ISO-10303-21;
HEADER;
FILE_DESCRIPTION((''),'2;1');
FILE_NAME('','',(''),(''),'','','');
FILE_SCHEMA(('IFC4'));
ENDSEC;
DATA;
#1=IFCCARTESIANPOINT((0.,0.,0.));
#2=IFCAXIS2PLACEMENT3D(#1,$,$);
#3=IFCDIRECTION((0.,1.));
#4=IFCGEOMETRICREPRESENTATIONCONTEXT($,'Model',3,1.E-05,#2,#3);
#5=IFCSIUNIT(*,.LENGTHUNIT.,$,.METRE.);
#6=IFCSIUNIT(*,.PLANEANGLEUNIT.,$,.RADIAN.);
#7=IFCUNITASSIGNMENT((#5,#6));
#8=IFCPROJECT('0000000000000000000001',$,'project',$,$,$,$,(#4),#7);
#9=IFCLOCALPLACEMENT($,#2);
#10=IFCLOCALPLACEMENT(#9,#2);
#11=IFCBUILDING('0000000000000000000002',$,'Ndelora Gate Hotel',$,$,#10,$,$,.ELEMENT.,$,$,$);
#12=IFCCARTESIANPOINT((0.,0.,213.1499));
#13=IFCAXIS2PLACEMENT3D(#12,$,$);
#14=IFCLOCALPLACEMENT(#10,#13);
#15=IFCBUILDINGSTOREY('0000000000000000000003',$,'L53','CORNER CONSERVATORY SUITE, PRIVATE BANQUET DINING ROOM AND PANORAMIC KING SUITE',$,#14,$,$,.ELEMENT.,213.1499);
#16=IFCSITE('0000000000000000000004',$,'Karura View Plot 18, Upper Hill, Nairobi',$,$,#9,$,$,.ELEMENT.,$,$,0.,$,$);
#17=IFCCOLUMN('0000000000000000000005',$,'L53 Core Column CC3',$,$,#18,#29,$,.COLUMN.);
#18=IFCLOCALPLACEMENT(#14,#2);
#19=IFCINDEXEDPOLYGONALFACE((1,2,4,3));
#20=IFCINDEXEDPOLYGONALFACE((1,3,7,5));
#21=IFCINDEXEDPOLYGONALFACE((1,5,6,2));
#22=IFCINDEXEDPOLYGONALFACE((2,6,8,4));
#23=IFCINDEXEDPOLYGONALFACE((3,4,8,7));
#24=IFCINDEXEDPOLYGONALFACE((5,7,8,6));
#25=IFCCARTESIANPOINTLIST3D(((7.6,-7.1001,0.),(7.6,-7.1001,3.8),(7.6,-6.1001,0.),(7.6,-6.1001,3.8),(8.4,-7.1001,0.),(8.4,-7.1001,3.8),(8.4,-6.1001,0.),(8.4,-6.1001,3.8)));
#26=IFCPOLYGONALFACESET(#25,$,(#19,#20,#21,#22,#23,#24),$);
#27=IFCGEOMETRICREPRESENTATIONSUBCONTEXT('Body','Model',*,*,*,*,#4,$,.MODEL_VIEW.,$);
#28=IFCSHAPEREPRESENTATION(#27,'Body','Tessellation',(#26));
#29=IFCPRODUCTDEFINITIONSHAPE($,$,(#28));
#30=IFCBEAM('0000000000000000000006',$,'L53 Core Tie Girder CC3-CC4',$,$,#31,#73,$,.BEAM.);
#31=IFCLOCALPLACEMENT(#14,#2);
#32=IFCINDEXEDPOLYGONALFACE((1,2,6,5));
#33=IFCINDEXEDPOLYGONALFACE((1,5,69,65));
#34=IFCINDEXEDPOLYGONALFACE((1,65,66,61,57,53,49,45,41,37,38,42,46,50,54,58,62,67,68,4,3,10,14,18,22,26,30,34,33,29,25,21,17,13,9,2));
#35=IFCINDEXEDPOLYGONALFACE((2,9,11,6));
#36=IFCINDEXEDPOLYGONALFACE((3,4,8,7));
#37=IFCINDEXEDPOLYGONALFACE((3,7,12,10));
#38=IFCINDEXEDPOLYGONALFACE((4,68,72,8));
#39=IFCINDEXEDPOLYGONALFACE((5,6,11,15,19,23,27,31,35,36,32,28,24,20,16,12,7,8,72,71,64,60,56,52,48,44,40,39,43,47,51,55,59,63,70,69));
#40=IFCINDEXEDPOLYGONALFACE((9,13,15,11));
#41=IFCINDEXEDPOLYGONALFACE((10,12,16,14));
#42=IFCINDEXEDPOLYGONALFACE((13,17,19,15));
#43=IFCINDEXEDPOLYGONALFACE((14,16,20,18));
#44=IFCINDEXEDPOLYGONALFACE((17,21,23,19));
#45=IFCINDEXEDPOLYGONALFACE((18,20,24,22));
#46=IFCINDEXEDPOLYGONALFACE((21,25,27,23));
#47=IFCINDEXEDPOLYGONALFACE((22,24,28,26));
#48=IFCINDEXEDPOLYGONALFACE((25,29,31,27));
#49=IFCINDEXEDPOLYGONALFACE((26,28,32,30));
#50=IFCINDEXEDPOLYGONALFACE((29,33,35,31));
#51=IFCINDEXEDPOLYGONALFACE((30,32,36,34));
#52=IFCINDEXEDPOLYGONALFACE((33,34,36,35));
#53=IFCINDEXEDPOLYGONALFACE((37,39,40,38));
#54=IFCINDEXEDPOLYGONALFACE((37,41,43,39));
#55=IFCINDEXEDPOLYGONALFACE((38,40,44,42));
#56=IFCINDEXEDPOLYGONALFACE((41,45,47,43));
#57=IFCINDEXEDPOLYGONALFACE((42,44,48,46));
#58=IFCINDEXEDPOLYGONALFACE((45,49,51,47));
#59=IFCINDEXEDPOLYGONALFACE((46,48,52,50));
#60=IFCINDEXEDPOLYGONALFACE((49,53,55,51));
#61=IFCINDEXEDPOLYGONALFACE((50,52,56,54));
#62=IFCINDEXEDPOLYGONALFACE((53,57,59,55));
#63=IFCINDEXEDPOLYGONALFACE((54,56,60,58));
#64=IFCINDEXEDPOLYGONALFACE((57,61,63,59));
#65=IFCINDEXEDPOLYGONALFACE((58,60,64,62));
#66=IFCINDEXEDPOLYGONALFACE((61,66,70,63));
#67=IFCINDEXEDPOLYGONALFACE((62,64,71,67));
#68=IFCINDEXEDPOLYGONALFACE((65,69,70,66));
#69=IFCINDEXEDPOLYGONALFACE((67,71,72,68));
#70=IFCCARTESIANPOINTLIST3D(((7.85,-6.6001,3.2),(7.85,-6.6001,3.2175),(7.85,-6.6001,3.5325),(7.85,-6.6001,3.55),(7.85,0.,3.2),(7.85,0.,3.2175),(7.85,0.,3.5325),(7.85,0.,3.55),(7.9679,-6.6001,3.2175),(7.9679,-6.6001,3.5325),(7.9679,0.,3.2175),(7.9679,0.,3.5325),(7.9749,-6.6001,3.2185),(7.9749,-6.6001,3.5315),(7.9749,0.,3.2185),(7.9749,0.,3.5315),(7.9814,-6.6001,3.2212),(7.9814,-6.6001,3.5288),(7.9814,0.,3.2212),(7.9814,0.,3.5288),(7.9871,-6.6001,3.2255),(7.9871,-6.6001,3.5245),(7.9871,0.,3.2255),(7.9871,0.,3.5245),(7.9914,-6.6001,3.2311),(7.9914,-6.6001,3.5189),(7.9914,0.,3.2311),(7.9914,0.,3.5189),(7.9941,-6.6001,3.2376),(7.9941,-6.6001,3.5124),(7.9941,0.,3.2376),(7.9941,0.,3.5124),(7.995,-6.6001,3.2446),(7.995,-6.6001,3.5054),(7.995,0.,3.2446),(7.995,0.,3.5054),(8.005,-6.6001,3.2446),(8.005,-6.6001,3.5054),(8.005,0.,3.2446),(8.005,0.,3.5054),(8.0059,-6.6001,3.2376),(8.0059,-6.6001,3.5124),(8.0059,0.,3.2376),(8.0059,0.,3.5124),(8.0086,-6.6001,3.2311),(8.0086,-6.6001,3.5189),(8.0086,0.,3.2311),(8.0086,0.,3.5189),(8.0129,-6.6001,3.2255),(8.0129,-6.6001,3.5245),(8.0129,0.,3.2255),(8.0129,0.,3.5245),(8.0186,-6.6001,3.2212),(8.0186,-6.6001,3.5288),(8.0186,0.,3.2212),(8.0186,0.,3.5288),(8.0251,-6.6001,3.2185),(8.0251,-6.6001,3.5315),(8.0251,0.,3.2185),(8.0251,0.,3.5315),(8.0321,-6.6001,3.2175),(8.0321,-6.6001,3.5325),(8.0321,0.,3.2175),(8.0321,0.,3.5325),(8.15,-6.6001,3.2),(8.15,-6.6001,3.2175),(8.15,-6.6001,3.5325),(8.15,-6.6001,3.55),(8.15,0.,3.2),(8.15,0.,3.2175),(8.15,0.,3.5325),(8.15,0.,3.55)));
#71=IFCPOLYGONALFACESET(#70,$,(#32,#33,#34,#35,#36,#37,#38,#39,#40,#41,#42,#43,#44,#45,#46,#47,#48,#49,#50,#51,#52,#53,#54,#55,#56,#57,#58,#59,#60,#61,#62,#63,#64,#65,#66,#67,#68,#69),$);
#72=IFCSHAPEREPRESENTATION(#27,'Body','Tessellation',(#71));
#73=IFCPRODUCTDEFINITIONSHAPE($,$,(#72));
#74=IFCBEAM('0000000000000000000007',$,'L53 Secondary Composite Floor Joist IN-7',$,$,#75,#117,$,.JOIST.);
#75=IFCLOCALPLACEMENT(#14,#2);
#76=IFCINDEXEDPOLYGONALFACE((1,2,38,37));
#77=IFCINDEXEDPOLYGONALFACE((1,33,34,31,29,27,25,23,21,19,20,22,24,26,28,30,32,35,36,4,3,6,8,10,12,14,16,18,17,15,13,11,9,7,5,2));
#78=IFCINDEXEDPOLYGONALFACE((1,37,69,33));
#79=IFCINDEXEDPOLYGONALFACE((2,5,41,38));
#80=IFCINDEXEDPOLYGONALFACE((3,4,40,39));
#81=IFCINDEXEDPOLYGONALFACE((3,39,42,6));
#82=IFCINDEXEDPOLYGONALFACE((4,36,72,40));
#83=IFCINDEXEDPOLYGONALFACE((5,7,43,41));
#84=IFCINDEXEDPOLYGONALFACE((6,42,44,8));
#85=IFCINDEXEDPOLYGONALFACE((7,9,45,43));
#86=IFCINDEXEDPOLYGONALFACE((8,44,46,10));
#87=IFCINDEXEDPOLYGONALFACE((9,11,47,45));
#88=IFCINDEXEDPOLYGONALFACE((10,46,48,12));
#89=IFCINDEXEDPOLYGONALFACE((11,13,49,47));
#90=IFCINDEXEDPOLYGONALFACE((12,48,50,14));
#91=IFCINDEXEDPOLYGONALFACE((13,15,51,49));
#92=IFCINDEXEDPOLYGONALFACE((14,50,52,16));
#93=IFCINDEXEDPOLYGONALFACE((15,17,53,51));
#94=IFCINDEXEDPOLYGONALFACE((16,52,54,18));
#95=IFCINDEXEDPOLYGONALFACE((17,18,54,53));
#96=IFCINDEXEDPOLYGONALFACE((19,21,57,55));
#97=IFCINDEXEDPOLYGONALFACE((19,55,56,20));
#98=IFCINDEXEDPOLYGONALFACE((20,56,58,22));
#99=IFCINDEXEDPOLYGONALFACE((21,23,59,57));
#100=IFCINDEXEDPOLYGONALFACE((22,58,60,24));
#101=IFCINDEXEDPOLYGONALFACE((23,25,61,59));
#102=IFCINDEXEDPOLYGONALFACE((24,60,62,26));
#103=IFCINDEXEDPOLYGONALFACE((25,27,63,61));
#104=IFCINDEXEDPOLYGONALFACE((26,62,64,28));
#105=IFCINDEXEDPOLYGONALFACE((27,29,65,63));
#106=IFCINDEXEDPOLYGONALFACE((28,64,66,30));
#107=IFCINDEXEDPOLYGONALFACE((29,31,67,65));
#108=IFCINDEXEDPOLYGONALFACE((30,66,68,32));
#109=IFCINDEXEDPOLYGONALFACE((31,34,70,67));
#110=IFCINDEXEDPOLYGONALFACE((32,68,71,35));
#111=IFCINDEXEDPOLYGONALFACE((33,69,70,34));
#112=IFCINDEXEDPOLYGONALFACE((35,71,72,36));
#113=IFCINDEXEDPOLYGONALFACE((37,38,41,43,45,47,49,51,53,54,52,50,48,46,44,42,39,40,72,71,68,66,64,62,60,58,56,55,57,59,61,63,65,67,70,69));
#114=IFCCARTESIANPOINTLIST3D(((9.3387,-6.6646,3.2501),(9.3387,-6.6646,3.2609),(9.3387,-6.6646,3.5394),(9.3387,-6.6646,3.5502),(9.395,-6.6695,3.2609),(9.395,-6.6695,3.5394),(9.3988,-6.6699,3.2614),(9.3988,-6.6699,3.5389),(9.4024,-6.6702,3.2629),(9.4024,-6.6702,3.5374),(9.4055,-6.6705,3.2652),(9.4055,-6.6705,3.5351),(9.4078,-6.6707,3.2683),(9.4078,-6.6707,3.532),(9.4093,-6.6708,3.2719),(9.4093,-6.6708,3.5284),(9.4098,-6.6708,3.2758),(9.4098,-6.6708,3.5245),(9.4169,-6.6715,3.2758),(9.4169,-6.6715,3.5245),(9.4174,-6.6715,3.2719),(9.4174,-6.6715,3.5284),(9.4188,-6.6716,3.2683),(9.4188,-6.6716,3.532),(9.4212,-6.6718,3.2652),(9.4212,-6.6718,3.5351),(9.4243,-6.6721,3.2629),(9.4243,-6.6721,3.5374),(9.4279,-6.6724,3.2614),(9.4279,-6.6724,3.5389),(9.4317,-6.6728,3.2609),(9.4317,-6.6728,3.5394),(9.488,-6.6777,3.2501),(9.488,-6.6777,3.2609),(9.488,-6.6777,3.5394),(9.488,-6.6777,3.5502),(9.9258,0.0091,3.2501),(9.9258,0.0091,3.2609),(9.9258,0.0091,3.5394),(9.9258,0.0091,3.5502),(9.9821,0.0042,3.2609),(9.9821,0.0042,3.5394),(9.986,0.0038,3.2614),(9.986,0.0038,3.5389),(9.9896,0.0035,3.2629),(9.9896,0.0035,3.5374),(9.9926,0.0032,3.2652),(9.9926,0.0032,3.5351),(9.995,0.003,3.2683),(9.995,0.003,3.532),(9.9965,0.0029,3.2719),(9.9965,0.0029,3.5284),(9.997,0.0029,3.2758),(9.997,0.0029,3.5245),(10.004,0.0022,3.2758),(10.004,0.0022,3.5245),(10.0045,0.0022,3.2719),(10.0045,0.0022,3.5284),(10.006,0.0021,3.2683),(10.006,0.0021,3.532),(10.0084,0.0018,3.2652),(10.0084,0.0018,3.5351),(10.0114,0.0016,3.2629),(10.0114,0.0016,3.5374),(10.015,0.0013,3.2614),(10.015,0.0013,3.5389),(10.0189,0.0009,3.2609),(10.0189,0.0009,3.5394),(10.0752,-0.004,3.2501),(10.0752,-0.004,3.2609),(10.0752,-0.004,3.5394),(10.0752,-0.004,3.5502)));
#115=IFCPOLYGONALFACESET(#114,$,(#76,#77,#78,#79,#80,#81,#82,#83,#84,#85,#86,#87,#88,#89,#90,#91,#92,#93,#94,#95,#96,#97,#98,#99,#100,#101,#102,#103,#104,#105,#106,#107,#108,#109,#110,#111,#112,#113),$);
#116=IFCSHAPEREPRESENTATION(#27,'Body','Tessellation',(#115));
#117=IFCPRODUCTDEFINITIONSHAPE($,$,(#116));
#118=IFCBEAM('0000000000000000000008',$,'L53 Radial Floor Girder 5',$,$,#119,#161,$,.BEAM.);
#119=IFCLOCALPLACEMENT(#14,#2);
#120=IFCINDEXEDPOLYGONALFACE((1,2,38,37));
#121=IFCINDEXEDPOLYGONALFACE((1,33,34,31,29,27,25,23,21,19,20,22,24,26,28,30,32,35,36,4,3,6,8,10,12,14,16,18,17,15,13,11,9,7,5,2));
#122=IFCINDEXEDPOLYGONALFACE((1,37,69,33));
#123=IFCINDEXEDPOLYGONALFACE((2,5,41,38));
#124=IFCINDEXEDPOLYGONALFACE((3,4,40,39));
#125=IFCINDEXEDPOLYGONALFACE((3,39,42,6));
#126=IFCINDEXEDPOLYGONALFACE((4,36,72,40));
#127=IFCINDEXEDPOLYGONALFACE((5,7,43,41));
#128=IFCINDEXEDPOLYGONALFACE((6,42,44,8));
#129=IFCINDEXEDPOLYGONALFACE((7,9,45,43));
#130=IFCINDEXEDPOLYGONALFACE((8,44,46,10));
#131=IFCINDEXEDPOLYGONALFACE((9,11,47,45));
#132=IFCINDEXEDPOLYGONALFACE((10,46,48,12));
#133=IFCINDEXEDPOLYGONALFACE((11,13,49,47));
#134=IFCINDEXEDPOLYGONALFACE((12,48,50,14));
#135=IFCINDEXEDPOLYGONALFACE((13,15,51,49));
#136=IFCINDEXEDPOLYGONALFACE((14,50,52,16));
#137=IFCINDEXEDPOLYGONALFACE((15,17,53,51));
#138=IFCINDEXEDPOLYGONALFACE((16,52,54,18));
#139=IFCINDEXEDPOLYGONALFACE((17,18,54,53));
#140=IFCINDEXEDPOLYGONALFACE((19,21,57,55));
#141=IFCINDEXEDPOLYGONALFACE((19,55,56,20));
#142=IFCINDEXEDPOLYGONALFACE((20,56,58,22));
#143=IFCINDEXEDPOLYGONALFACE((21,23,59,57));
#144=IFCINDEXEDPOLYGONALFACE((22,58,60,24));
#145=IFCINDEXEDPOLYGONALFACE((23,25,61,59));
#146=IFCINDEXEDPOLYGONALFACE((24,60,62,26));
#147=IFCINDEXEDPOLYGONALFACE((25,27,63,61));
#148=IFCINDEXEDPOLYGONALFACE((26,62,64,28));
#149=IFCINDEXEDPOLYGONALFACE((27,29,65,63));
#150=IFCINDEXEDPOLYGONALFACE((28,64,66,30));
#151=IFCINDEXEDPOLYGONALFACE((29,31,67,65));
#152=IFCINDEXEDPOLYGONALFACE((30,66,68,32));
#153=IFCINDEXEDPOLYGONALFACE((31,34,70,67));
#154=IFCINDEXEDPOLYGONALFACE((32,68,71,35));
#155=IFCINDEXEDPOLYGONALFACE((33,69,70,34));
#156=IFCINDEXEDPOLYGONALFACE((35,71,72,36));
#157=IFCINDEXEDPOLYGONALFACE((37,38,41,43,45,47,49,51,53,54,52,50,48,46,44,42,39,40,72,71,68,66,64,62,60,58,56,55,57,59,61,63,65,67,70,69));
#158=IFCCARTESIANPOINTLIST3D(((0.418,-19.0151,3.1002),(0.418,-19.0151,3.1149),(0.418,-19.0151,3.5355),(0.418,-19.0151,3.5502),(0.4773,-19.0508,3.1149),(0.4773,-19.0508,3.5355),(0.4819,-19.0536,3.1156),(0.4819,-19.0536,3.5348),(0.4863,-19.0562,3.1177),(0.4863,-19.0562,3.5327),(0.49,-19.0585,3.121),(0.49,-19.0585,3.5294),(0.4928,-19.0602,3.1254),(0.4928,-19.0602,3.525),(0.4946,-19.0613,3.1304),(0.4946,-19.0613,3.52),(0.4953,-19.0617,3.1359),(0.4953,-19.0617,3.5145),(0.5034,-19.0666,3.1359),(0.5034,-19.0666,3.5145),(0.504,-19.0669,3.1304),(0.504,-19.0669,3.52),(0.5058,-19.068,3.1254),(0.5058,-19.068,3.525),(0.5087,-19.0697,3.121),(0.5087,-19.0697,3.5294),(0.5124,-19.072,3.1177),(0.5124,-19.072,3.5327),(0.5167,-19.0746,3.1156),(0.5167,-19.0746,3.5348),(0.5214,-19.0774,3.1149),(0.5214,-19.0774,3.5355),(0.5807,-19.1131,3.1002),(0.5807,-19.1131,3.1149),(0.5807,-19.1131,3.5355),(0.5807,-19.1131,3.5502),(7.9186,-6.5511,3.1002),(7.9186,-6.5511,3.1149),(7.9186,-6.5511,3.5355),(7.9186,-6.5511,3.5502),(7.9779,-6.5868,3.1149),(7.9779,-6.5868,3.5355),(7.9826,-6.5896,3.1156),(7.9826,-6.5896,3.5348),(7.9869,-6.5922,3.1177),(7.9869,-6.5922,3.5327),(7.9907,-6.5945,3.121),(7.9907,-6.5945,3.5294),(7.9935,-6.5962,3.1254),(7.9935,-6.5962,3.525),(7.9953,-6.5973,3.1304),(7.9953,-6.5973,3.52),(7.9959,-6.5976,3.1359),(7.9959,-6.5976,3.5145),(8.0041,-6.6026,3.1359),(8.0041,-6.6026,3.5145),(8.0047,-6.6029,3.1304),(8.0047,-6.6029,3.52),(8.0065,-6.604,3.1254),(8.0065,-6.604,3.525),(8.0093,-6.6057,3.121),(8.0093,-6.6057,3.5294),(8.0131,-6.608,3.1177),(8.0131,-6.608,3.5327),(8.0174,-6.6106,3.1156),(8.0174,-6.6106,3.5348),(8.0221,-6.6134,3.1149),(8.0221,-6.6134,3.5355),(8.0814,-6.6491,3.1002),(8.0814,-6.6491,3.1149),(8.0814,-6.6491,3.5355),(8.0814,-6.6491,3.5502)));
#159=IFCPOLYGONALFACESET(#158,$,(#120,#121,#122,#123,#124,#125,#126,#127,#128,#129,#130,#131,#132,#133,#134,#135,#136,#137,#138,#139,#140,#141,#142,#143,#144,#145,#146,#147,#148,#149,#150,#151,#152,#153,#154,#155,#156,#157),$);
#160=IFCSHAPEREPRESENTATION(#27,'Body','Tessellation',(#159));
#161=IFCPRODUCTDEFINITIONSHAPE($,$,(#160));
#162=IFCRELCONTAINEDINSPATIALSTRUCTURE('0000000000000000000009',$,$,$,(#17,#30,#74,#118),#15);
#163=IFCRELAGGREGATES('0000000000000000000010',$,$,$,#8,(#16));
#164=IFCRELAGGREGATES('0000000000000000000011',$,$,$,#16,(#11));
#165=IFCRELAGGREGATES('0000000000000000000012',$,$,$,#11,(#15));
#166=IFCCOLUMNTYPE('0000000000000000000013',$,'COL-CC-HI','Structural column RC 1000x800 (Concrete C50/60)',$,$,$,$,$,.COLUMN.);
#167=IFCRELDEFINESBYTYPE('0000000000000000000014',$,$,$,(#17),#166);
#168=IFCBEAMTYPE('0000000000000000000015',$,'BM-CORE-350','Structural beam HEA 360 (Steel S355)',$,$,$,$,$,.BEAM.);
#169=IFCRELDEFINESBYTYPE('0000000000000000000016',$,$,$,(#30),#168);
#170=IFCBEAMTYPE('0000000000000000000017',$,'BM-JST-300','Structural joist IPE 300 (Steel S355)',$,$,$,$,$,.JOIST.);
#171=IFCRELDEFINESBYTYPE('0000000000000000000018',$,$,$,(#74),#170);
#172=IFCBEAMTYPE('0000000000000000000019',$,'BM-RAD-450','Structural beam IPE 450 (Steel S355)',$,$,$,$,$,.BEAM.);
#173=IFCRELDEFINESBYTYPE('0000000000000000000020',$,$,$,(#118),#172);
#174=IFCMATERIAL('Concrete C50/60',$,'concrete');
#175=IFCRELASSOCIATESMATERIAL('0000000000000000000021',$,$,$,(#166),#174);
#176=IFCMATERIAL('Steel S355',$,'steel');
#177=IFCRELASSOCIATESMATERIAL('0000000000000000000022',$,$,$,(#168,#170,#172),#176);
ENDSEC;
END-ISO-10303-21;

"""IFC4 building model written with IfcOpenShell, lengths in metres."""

from ifc_helpers import new_model, si_unit, direction, frame, origin, origin_2d, place, context, subcontext, project, spatial, rectangle, i_section, extrude, material, material_profile, profile_set, type_object, element, save


model = new_model("IFC4")

# Units and contexts
model_context = context("Model", 3, precision=1e-05, world=origin(), true_north=direction((0.0, 1.0)))
body_context = subcontext(model_context, "Body", "Model", "MODEL_VIEW")
ifc_project = project(units=[si_unit("LENGTHUNIT", "METRE"), si_unit("PLANEANGLEUNIT", "RADIAN")], contexts=[model_context])

# Site, building, storey
site_placement = place(None, origin())
site = spatial("IfcSite", under=ifc_project, at=site_placement, Name="Karura View Plot 18, Upper Hill, Nairobi", CompositionType="ELEMENT", RefElevation=0.0)
building_placement = place(site_placement, origin())
building = spatial("IfcBuilding", under=site, at=building_placement, Name="Ndelora Gate Hotel", CompositionType="ELEMENT")
storey_placement = place(building_placement, frame((0.0, 0.0, 213.1499)))
storey = spatial("IfcBuildingStorey", under=building, at=storey_placement, Name="L53", Description="CORNER CONSERVATORY SUITE, PRIVATE BANQUET DINING ROOM AND PANORAMIC KING SUITE", CompositionType="ELEMENT", Elevation=213.1499)

# Column
ifc_material_1 = material(Name="Concrete C50/60", Category="concrete")
ifc_material_profile_1 = material_profile(ifc_material_1, rectangle(XDim=0.8, YDim=1.0, at=origin_2d()), Name="RC 1000x800")
ifc_profile_set_1 = profile_set([ifc_material_profile_1], Name="Concrete C50/60")
column_type = type_object("IfcColumnType", Name="COL-CC-HI", Description="Structural column RC 1000x800 (Concrete C50/60)", PredefinedType="COLUMN", material=ifc_profile_set_1)
column_placement = place(storey_placement, frame((8.0, -6.6001, 0.0), z_axis=(0.0, 0.0, 1.0), x_axis=(1.0, 0.0, 0.0)))
element("IfcColumn", 1, at=column_placement, inside=storey, type_object=column_type, Name="L53 Core Column CC3", PredefinedType="COLUMN", context=body_context, shape_type="SweptSolid", body=[
    extrude(rectangle(XDim=0.8, YDim=1.0, at=origin_2d()), origin(), (0.0, 0.0, 1.0), 3.8),
])

# Beams
ifc_material_2 = material(Name="Steel S355", Category="steel")
ifc_material_profile_2 = material_profile(ifc_material_2, i_section(OverallWidth=0.3, OverallDepth=0.3501, WebThickness=0.01, FlangeThickness=0.0176, FilletRadius=0.0271, at=origin_2d()), Name="HEA 360")
ifc_profile_set_2 = profile_set([ifc_material_profile_2], Name="Steel S355")
beam_type_1 = type_object("IfcBeamType", Name="BM-CORE-350", Description="Structural beam HEA 360 (Steel S355)", PredefinedType="BEAM", material=ifc_profile_set_2)
beam_1_placement = place(storey_placement, frame((8.0, -6.6001, 3.375), z_axis=(0.0, 1.0, 0.0), x_axis=(-1.0, 0.0, 0.0)))
element("IfcBeam", 2, at=beam_1_placement, inside=storey, type_object=beam_type_1, Name="L53 Core Tie Girder CC3-CC4", PredefinedType="BEAM", context=body_context, shape_type="SweptSolid", body=[
    extrude(i_section(OverallWidth=0.3, OverallDepth=0.3501, WebThickness=0.01, FlangeThickness=0.0176, FilletRadius=0.0271, at=origin_2d()), origin(), (0.0, 0.0, 1.0), 6.6001),
])
ifc_material_profile_3 = material_profile(ifc_material_2, i_section(OverallWidth=0.1499, OverallDepth=0.3, WebThickness=0.0071, FlangeThickness=0.0107, FilletRadius=0.0149, at=origin_2d()), Name="IPE 300")
ifc_profile_set_3 = profile_set([ifc_material_profile_3], Name="Steel S355")
beam_type_2 = type_object("IfcBeamType", Name="BM-JST-300", Description="Structural joist IPE 300 (Steel S355)", PredefinedType="JOIST", material=ifc_profile_set_3)
beam_2_placement = place(storey_placement, frame((9.4133, -6.6711, 3.4001), z_axis=(0.087644, 0.996152, 0.0), x_axis=(-0.996152, 0.087644, 0.0)))
element("IfcBeam", 3, at=beam_2_placement, inside=storey, type_object=beam_type_2, Name="L53 Secondary Composite Floor Joist IN-7", PredefinedType="JOIST", context=body_context, shape_type="SweptSolid", body=[
    extrude(i_section(OverallWidth=0.1499, OverallDepth=0.3, WebThickness=0.0071, FlangeThickness=0.0107, FilletRadius=0.0149, at=origin_2d()), origin(), (0.0, 0.0, 1.0), 6.6995),
])
ifc_material_profile_4 = material_profile(ifc_material_2, i_section(OverallWidth=0.1899, OverallDepth=0.45, WebThickness=0.0095, FlangeThickness=0.0146, FilletRadius=0.021, at=origin_2d()), Name="IPE 450")
ifc_profile_set_4 = profile_set([ifc_material_profile_4], Name="Steel S355")
beam_type_3 = type_object("IfcBeamType", Name="BM-RAD-450", Description="Structural beam IPE 450 (Steel S355)", PredefinedType="BEAM", material=ifc_profile_set_4)
beam_3_placement = place(storey_placement, frame((8.0, -6.6001, 3.3252), z_axis=(-0.515621, -0.856817, 0.0), x_axis=(0.856817, -0.515621, 0.0)))
element("IfcBeam", 4, at=beam_3_placement, inside=storey, type_object=beam_type_3, Name="L53 Radial Floor Girder 5", PredefinedType="BEAM", context=body_context, shape_type="SweptSolid", body=[
    extrude(i_section(OverallWidth=0.1899, OverallDepth=0.45, WebThickness=0.0095, FlangeThickness=0.0146, FilletRadius=0.021, at=origin_2d()), origin(), (0.0, 0.0, 1.0), 14.5469),
])

save(model, "model.ifc")
